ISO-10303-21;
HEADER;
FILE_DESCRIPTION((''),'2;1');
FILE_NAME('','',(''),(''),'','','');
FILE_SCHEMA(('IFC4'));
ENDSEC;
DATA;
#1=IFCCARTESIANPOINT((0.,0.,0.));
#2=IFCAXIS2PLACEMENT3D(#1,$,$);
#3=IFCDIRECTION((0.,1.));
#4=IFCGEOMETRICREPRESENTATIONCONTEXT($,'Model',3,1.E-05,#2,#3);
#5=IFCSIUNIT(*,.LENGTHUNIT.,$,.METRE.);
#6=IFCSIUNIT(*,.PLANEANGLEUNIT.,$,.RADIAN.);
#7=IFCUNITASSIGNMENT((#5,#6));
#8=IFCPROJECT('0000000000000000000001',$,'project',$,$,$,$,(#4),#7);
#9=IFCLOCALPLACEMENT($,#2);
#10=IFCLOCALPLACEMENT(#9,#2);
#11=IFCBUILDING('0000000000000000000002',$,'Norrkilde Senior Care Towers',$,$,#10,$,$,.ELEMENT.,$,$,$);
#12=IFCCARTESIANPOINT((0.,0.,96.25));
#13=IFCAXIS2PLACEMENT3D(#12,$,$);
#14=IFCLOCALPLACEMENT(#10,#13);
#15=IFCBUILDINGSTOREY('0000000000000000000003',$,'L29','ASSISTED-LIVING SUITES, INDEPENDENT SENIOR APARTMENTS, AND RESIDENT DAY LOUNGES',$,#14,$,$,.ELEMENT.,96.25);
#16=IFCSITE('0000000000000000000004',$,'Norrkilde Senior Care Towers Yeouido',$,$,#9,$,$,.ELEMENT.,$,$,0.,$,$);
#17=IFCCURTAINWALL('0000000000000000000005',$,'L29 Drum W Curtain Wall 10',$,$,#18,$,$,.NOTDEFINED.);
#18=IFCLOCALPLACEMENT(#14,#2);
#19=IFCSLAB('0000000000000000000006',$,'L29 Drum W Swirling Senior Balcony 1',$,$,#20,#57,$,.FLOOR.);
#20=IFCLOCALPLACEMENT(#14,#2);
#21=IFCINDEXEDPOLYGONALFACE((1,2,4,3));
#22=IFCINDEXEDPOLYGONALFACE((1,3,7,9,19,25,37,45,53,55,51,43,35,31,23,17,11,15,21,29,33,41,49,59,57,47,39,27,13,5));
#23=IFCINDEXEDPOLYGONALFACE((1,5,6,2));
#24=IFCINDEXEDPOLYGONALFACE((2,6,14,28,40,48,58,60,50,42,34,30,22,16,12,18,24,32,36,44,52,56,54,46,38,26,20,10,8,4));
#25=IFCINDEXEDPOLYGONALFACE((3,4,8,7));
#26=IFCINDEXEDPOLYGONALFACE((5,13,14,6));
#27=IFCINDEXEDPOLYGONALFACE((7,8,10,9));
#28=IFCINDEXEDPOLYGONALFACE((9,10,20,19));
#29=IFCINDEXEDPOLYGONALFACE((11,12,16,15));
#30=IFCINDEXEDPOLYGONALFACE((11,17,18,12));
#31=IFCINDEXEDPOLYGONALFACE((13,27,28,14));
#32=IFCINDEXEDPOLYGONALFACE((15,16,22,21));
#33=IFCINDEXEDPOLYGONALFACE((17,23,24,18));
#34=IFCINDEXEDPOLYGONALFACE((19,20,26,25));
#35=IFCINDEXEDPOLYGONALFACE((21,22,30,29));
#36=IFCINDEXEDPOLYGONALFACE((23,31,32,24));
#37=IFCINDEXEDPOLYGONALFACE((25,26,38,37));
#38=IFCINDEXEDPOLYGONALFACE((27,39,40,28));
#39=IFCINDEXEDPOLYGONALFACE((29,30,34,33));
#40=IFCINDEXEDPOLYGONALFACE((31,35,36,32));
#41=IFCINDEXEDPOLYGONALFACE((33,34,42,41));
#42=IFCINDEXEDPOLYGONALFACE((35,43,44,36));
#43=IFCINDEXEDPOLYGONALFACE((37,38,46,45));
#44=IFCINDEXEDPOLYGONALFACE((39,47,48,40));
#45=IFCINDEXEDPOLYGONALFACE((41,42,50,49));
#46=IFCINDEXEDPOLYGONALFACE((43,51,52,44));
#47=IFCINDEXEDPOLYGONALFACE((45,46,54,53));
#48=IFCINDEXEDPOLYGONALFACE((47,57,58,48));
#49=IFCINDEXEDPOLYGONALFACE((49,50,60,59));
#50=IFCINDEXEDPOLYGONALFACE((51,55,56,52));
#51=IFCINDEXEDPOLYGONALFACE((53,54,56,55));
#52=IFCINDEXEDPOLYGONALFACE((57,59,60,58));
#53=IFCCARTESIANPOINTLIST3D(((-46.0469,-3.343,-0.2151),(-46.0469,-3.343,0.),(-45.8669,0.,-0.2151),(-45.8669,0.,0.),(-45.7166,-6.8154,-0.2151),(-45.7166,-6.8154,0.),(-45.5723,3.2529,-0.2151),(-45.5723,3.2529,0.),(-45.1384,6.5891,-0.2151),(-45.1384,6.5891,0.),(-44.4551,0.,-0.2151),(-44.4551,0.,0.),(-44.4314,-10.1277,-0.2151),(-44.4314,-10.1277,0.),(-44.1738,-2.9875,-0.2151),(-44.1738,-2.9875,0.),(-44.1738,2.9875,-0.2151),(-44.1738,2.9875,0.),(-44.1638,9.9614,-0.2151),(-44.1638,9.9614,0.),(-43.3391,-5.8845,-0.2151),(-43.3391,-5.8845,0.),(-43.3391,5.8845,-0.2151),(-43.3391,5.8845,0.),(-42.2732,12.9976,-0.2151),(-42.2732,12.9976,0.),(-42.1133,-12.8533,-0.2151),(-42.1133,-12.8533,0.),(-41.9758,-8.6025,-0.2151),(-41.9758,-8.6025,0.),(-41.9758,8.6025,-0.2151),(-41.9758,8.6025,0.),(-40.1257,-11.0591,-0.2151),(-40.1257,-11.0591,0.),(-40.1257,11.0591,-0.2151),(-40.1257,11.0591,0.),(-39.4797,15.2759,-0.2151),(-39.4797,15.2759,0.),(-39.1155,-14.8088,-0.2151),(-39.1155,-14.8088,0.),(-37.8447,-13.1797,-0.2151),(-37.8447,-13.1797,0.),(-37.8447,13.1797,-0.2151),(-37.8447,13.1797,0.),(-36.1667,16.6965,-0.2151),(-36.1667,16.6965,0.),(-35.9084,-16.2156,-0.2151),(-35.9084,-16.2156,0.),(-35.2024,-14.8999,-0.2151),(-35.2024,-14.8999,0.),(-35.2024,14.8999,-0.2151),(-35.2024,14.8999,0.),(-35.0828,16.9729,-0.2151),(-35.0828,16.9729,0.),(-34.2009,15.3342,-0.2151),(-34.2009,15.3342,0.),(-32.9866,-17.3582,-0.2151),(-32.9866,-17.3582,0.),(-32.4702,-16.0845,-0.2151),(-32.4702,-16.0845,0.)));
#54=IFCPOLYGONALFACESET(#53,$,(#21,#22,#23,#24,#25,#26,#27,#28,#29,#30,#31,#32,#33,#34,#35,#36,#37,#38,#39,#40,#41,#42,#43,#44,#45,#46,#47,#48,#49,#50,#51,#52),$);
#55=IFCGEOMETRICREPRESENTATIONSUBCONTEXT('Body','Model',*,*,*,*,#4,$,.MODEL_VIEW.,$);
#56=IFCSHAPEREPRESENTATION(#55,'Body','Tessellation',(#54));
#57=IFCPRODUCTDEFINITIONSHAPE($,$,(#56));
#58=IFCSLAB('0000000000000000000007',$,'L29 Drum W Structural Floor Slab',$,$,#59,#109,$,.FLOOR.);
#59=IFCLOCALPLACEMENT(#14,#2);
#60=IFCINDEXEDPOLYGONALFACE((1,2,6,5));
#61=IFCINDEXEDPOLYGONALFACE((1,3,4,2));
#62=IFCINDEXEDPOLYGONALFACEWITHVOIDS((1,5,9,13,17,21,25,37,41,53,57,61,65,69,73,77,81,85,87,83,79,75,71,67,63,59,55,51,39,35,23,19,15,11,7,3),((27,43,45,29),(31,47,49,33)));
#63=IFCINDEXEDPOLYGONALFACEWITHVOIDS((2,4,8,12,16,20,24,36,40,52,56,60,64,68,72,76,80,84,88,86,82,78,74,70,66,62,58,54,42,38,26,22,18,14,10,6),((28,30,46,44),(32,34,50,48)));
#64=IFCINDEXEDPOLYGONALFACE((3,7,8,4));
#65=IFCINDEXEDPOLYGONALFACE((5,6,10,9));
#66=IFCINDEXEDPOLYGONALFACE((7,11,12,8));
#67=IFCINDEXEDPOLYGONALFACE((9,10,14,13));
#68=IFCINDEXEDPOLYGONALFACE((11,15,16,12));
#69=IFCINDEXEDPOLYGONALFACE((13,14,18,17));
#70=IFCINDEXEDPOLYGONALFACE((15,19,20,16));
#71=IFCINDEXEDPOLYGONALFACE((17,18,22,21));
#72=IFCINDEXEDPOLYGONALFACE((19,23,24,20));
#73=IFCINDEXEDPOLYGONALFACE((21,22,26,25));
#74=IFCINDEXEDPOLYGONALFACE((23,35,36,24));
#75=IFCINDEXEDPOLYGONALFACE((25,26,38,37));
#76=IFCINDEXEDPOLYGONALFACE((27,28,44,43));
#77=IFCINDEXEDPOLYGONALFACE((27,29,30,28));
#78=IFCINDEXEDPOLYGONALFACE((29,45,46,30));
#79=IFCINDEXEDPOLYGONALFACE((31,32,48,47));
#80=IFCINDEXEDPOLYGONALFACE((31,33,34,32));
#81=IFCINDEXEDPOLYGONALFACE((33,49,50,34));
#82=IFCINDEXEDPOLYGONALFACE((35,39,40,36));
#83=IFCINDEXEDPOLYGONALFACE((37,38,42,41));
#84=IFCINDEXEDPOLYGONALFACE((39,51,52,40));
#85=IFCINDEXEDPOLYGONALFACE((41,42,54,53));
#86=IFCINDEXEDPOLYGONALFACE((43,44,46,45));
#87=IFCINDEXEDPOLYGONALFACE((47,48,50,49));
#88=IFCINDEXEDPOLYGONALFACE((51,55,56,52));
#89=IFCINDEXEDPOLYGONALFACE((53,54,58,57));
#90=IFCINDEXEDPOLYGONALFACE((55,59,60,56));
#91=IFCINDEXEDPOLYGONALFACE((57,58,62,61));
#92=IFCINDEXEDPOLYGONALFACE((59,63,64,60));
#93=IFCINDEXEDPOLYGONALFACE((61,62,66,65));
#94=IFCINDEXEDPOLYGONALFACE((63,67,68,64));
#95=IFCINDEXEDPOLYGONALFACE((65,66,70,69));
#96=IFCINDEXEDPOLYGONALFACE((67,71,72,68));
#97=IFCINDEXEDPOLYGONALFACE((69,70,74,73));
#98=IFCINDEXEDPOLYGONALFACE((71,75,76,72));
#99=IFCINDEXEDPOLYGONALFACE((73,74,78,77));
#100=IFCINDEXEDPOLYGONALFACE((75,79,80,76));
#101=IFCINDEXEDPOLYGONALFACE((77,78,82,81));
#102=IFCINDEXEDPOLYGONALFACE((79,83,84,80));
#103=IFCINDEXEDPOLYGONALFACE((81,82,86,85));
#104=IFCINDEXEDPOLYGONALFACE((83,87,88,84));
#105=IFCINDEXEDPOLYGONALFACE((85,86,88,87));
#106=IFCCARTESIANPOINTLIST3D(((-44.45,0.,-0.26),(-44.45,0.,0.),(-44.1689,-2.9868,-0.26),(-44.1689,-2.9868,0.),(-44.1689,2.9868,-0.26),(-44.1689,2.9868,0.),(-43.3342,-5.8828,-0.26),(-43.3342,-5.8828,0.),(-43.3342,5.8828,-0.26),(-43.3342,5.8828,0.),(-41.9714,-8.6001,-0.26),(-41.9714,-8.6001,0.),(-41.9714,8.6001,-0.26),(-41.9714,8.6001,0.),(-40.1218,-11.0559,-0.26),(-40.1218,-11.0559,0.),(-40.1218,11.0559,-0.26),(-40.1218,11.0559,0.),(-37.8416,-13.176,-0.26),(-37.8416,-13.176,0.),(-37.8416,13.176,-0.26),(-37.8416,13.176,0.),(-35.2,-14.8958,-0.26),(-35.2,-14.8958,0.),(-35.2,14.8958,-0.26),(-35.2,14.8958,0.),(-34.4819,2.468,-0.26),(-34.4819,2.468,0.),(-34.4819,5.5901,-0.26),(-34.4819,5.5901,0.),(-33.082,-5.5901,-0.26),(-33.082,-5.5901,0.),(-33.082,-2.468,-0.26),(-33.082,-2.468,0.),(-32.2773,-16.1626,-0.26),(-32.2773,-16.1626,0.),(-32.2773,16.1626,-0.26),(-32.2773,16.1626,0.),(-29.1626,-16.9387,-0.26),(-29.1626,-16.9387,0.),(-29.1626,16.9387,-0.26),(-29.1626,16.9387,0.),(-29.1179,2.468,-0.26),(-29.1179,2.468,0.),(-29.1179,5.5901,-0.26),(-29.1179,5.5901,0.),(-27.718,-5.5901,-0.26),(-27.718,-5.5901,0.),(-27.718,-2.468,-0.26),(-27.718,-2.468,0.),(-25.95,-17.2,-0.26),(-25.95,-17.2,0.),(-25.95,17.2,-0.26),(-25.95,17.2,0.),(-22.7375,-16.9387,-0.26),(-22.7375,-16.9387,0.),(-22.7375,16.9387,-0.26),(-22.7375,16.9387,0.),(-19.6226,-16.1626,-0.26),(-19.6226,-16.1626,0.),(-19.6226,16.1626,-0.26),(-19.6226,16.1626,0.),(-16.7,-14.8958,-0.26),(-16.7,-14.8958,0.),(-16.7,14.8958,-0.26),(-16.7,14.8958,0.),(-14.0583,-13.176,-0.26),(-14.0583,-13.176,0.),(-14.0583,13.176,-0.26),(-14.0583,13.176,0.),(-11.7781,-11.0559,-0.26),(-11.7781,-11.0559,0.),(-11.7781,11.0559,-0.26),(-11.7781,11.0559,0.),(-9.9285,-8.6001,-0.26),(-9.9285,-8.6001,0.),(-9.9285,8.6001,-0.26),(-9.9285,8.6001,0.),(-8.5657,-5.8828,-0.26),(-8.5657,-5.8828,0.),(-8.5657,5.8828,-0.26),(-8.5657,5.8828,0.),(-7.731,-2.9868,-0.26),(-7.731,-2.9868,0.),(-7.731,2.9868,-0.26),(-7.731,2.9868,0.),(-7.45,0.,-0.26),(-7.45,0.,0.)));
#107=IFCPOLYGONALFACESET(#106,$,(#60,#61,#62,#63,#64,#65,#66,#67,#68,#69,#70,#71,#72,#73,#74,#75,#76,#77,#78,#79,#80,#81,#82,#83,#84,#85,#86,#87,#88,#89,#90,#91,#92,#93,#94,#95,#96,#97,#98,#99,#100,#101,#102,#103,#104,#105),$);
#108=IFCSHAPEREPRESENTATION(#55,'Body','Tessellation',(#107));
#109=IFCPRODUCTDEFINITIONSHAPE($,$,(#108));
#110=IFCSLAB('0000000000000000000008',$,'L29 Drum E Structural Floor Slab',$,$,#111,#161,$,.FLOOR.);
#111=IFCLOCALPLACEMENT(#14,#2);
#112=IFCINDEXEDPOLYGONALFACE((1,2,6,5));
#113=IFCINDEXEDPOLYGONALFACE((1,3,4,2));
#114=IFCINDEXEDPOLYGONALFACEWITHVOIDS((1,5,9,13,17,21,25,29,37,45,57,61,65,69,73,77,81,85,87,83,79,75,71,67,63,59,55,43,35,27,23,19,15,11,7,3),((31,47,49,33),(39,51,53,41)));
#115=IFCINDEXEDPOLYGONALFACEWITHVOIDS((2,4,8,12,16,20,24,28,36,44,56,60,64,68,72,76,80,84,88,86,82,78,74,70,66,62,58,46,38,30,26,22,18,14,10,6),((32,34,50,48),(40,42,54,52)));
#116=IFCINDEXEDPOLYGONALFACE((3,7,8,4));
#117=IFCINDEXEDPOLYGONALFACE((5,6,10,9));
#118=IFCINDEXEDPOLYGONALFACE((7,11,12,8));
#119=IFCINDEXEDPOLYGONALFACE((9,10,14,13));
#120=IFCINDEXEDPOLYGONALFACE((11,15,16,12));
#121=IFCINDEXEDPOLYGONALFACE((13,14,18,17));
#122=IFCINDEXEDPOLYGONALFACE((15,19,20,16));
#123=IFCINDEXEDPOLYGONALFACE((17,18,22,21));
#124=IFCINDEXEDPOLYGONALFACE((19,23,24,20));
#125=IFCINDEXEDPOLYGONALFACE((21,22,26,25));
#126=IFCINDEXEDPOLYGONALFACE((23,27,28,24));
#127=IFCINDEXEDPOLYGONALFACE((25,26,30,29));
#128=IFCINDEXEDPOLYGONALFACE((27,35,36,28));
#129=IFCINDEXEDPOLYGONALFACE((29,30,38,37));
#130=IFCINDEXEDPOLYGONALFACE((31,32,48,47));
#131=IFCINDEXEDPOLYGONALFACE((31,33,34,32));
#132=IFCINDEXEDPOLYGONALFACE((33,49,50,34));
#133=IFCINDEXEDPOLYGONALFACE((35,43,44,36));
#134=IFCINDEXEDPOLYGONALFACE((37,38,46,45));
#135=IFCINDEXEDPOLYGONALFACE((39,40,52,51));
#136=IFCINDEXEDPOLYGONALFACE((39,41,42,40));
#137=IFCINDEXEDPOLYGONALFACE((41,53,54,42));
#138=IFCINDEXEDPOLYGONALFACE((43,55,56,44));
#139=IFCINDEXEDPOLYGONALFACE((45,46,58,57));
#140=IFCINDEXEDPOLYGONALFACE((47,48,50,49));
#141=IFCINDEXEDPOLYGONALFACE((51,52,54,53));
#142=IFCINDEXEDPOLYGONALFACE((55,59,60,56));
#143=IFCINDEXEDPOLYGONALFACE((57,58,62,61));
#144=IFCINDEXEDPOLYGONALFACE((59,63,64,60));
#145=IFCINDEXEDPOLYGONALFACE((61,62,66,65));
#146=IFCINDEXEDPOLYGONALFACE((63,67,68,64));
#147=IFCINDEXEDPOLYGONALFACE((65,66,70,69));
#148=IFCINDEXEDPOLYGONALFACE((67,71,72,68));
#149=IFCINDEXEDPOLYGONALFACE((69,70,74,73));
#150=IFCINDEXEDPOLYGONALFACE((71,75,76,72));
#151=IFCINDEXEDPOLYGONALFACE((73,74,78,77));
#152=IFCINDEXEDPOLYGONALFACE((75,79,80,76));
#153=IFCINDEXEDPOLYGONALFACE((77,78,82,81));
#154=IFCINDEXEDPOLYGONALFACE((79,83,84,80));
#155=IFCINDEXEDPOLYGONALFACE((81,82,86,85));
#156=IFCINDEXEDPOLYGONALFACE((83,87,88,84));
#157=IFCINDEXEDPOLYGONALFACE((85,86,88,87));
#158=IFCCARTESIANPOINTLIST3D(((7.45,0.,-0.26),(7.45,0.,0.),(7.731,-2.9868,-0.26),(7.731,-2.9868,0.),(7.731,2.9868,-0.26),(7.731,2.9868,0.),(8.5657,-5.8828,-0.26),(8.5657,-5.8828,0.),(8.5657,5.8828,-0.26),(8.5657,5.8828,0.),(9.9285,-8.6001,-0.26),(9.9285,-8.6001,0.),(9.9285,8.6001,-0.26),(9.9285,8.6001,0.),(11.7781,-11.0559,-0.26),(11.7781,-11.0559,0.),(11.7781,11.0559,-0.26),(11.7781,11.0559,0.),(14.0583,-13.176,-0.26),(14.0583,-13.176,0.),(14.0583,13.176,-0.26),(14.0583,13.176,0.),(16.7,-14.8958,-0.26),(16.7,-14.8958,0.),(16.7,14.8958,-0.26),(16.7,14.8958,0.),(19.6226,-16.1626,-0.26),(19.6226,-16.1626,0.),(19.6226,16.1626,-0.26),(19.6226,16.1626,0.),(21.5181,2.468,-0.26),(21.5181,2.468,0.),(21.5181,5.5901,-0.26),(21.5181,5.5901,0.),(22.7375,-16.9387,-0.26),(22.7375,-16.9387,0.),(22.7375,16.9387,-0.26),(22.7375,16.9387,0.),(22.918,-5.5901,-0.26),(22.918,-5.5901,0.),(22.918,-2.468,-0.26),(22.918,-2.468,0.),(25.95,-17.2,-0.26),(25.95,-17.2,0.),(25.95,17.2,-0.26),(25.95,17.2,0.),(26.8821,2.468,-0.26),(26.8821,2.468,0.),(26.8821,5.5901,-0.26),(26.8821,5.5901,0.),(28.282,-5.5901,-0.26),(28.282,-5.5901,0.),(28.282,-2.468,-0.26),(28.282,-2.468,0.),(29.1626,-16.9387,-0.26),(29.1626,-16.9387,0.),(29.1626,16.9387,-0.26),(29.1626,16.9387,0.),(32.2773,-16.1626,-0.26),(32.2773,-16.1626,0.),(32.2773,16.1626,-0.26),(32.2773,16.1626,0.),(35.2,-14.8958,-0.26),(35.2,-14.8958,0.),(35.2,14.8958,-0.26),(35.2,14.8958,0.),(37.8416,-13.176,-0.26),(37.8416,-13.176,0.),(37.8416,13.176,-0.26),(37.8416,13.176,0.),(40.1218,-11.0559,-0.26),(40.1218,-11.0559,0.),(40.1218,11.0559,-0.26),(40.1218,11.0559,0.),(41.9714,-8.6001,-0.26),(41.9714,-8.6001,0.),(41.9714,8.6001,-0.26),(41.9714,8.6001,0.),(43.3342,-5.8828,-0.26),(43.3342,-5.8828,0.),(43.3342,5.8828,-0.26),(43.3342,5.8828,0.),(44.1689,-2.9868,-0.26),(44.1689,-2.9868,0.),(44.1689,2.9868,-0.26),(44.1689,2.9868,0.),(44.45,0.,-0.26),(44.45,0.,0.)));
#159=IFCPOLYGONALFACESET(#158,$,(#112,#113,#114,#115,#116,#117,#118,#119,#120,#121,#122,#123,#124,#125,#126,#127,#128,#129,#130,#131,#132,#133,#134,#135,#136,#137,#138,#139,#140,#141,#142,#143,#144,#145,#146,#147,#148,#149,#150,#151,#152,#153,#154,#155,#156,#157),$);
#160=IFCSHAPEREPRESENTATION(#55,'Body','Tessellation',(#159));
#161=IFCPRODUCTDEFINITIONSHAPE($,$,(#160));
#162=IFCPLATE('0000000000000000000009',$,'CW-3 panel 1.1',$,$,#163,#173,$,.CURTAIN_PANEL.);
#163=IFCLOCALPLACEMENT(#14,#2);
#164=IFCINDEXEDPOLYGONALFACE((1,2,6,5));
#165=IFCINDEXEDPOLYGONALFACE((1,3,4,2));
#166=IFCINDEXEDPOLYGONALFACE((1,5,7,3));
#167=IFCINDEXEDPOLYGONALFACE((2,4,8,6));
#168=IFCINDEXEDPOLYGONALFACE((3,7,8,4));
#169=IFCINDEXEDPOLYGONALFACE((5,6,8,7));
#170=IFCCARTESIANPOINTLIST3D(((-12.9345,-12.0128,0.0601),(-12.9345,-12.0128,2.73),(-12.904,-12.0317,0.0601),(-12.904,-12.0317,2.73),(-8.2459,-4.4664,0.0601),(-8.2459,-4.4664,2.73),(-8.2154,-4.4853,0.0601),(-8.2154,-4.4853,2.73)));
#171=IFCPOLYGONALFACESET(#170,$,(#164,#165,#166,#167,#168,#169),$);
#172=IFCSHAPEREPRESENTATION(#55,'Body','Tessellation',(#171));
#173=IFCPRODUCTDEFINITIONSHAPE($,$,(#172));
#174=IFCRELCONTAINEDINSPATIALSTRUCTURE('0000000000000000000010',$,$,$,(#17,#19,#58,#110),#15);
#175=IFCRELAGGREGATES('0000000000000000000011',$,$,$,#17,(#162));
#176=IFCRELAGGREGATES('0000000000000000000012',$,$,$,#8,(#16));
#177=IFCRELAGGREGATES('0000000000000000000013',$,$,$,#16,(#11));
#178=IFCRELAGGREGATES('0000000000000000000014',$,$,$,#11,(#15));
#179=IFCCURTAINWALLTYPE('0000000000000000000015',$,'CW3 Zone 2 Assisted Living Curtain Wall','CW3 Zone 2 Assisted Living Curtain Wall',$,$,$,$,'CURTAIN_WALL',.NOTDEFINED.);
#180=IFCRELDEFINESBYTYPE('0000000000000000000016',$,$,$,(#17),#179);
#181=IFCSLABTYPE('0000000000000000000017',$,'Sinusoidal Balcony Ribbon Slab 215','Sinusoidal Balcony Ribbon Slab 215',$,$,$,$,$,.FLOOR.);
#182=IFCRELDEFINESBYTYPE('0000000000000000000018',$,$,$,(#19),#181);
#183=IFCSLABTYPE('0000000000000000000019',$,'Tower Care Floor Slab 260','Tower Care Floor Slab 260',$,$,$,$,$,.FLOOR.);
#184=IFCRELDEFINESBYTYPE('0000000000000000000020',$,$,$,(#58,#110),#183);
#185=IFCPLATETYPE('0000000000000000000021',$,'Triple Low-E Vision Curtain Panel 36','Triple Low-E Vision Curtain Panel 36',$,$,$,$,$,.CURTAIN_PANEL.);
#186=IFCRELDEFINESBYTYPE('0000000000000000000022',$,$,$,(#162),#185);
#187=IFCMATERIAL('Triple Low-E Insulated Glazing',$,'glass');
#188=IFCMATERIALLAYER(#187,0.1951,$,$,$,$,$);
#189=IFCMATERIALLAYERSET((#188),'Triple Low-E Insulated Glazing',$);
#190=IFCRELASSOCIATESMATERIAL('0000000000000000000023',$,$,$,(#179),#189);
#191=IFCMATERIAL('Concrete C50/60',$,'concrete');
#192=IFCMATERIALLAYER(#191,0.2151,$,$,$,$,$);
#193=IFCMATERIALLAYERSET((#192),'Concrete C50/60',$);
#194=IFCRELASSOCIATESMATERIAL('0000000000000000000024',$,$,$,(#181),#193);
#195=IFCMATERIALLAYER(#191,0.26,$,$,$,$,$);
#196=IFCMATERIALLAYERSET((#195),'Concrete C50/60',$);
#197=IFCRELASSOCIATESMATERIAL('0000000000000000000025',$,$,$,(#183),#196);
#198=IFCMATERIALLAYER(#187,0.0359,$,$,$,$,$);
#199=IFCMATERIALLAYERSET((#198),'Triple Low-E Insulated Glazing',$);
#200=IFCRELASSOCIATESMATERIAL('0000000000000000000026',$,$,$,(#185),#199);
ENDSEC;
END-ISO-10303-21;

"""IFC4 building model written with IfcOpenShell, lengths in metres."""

from ifc_helpers import new_model, si_unit, direction, frame, origin, origin_2d, place, context, subcontext, project, spatial, polyline, rectangle, outline, extrude, source, transform, mapped, material, layer, layer_set, type_object, element, aggregate, save


model = new_model("IFC4")

# Units and contexts
model_context = context("Model", 3, precision=1e-05, world=origin(), true_north=direction((0.0, 1.0)))
body_context = subcontext(model_context, "Body", "Model", "MODEL_VIEW")
ifc_project = project(units=[si_unit("LENGTHUNIT", "METRE"), si_unit("PLANEANGLEUNIT", "RADIAN")], contexts=[model_context])

# Site, building, storey
site_placement = place(None, origin())
site = spatial("IfcSite", under=ifc_project, at=site_placement, Name="Norrkilde Senior Care Towers Yeouido", CompositionType="ELEMENT", RefElevation=0.0)
building_placement = place(site_placement, origin())
building = spatial("IfcBuilding", under=site, at=building_placement, Name="Norrkilde Senior Care Towers", CompositionType="ELEMENT")
storey_placement = place(building_placement, frame((0.0, 0.0, 96.25)))
storey = spatial("IfcBuildingStorey", under=building, at=storey_placement, Name="L29", Description="ASSISTED-LIVING SUITES, INDEPENDENT SENIOR APARTMENTS, AND RESIDENT DAY LOUNGES", CompositionType="ELEMENT", Elevation=96.25)

# Shared definitions
ifc_material_1 = material(Name="Triple Low-E Insulated Glazing", Category="glass")
ifc_layer_1 = layer(ifc_material_1, 0.1951)
ifc_layer_set_1 = layer_set([ifc_layer_1], Name="Triple Low-E Insulated Glazing")
curtain_wall_type = type_object("IfcCurtainWallType", Name="CW3 Zone 2 Assisted Living Curtain Wall", Description="CW3 Zone 2 Assisted Living Curtain Wall", ElementType="CURTAIN_WALL", PredefinedType="NOTDEFINED", material=ifc_layer_set_1)

# Curtain wall
curtain_wall_1_placement = place(storey_placement, origin())
curtain_wall_1 = element("IfcCurtainWall", 1, at=curtain_wall_1_placement, inside=storey, type_object=curtain_wall_type, Name="L29 Drum W Curtain Wall 10", PredefinedType="NOTDEFINED")

# Slabs
ifc_material_2 = material(Name="Concrete C50/60", Category="concrete")
ifc_layer_2 = layer(ifc_material_2, 0.2151)
ifc_layer_set_2 = layer_set([ifc_layer_2], Name="Concrete C50/60")
slab_type_1 = type_object("IfcSlabType", Name="Sinusoidal Balcony Ribbon Slab 215", Description="Sinusoidal Balcony Ribbon Slab 215", PredefinedType="FLOOR", material=ifc_layer_set_2)
slab_1_placement = place(storey_placement, frame((0.0, 0.0, -0.2151)))
element("IfcSlab", 2, at=slab_1_placement, inside=storey, type_object=slab_type_1, Name="L29 Drum W Swirling Senior Balcony 1", PredefinedType="FLOOR", context=body_context, shape_type="SweptSolid", body=[
    extrude(outline(polyline([(-39.1155, -14.8088), (-42.1133, -12.8533), (-44.4314, -10.1277), (-45.7166, -6.8154), (-46.0469, -3.343), (-45.8669, 0.0), (-45.5723, 3.2529), (-45.1384, 6.5891), (-44.1638, 9.9614), (-42.2732, 12.9976), (-39.4797, 15.2759), (-36.1667, 16.6965), (-35.0828, 16.9729), (-34.2009, 15.3342), (-35.2024, 14.8999), (-37.8447, 13.1797), (-40.1257, 11.0591), (-41.9758, 8.6025), (-43.3391, 5.8845), (-44.1738, 2.9875), (-44.4551, 0.0), (-44.1738, -2.9875), (-43.3391, -5.8845), (-41.9758, -8.6025), (-40.1257, -11.0591), (-37.8447, -13.1797), (-35.2024, -14.8999), (-32.4702, -16.0845), (-32.9866, -17.3582), (-35.9084, -16.2156), (-39.1155, -14.8088)])), origin(), (0.0, 0.0, 1.0), 0.2151),
])
ifc_layer_3 = layer(ifc_material_2, 0.26)
ifc_layer_set_3 = layer_set([ifc_layer_3], Name="Concrete C50/60")
slab_type_2 = type_object("IfcSlabType", Name="Tower Care Floor Slab 260", Description="Tower Care Floor Slab 260", PredefinedType="FLOOR", material=ifc_layer_set_3)
slab_2_placement = place(storey_placement, frame((0.0, 0.0, -0.26)))
element("IfcSlab", 3, at=slab_2_placement, inside=storey, type_object=slab_type_2, Name="L29 Drum W Structural Floor Slab", PredefinedType="FLOOR", context=body_context, shape_type="SweptSolid", body=[
    extrude(outline(polyline([(-8.5657, -5.8828), (-9.9285, -8.6001), (-11.7781, -11.0559), (-14.0583, -13.176), (-16.7, -14.8958), (-19.6226, -16.1626), (-22.7375, -16.9387), (-25.95, -17.2), (-29.1626, -16.9387), (-32.2773, -16.1626), (-35.2, -14.8958), (-37.8416, -13.176), (-40.1218, -11.0559), (-41.9714, -8.6001), (-43.3342, -5.8828), (-44.1689, -2.9868), (-44.45, 0.0), (-44.1689, 2.9868), (-43.3342, 5.8828), (-41.9714, 8.6001), (-40.1218, 11.0559), (-37.8416, 13.176), (-35.2, 14.8958), (-32.2773, 16.1626), (-29.1626, 16.9387), (-25.95, 17.2), (-22.7375, 16.9387), (-19.6226, 16.1626), (-16.7, 14.8958), (-14.0583, 13.176), (-11.7781, 11.0559), (-9.9285, 8.6001), (-8.5657, 5.8828), (-7.731, 2.9868), (-7.45, 0.0), (-7.731, -2.9868), (-8.5657, -5.8828)]), holes=[polyline([(-34.4819, 2.468), (-29.1179, 2.468), (-29.1179, 5.5901), (-34.4819, 5.5901), (-34.4819, 2.468)]), polyline([(-27.718, -5.5901), (-27.718, -2.468), (-33.082, -2.468), (-33.082, -5.5901), (-27.718, -5.5901)])]), origin(), (0.0, 0.0, 1.0), 0.26),
])
slab_3_placement = place(storey_placement, frame((0.0, 0.0, -0.26)))
element("IfcSlab", 4, at=slab_3_placement, inside=storey, type_object=slab_type_2, Name="L29 Drum E Structural Floor Slab", PredefinedType="FLOOR", context=body_context, shape_type="SweptSolid", body=[
    extrude(outline(polyline([(43.3342, -5.8828), (41.9714, -8.6001), (40.1218, -11.0559), (37.8416, -13.176), (35.2, -14.8958), (32.2773, -16.1626), (29.1626, -16.9387), (25.95, -17.2), (22.7375, -16.9387), (19.6226, -16.1626), (16.7, -14.8958), (14.0583, -13.176), (11.7781, -11.0559), (9.9285, -8.6001), (8.5657, -5.8828), (7.731, -2.9868), (7.45, 0.0), (7.731, 2.9868), (8.5657, 5.8828), (9.9285, 8.6001), (11.7781, 11.0559), (14.0583, 13.176), (16.7, 14.8958), (19.6226, 16.1626), (22.7375, 16.9387), (25.95, 17.2), (29.1626, 16.9387), (32.2773, 16.1626), (35.2, 14.8958), (37.8416, 13.176), (40.1218, 11.0559), (41.9714, 8.6001), (43.3342, 5.8828), (44.1689, 2.9868), (44.45, 0.0), (44.1689, -2.9868), (43.3342, -5.8828)]), holes=[polyline([(21.5181, 2.468), (26.8821, 2.468), (26.8821, 5.5901), (21.5181, 5.5901), (21.5181, 2.468)]), polyline([(28.282, -5.5901), (28.282, -2.468), (22.918, -2.468), (22.918, -5.5901), (28.282, -5.5901)])]), origin(), (0.0, 0.0, 1.0), 0.26),
])

# Plate
ifc_layer_4 = layer(ifc_material_1, 0.0359)
ifc_layer_set_4 = layer_set([ifc_layer_4], Name="Triple Low-E Insulated Glazing")
plate_type = type_object("IfcPlateType", Name="Triple Low-E Vision Curtain Panel 36", Description="Triple Low-E Vision Curtain Panel 36", PredefinedType="CURTAIN_PANEL", material=ifc_layer_set_4)
shared_shape_1 = source(origin(), body_context, "Body", "SweptSolid", [
    extrude(rectangle(XDim=8.8843, YDim=0.0359, at=origin_2d()), origin(), (0.0, 0.0, 1.0), 2.6699),
])
plate_1_placement = place(storey_placement, frame((-10.575, -8.249, 0.0601), z_axis=(0.0, 0.0, 1.0), x_axis=(-0.527733, -0.84941, 0.0)))
plate_1 = element("IfcPlate", 5, at=plate_1_placement, type_object=plate_type, Name="CW-3 panel 1.1", PredefinedType="CURTAIN_PANEL", context=body_context, shape_type="MappedRepresentation", body=[
    mapped(shared_shape_1, transform((0.0, 0.0, 0.0), x_axis=(1.0, 0.0, 0.0), y_axis=(0.0, 1.0, 0.0), z_axis=(0.0, 0.0, 1.0), scale=1.0)),
])
aggregate(curtain_wall_1, [plate_1])

save(model, "model.ifc")
